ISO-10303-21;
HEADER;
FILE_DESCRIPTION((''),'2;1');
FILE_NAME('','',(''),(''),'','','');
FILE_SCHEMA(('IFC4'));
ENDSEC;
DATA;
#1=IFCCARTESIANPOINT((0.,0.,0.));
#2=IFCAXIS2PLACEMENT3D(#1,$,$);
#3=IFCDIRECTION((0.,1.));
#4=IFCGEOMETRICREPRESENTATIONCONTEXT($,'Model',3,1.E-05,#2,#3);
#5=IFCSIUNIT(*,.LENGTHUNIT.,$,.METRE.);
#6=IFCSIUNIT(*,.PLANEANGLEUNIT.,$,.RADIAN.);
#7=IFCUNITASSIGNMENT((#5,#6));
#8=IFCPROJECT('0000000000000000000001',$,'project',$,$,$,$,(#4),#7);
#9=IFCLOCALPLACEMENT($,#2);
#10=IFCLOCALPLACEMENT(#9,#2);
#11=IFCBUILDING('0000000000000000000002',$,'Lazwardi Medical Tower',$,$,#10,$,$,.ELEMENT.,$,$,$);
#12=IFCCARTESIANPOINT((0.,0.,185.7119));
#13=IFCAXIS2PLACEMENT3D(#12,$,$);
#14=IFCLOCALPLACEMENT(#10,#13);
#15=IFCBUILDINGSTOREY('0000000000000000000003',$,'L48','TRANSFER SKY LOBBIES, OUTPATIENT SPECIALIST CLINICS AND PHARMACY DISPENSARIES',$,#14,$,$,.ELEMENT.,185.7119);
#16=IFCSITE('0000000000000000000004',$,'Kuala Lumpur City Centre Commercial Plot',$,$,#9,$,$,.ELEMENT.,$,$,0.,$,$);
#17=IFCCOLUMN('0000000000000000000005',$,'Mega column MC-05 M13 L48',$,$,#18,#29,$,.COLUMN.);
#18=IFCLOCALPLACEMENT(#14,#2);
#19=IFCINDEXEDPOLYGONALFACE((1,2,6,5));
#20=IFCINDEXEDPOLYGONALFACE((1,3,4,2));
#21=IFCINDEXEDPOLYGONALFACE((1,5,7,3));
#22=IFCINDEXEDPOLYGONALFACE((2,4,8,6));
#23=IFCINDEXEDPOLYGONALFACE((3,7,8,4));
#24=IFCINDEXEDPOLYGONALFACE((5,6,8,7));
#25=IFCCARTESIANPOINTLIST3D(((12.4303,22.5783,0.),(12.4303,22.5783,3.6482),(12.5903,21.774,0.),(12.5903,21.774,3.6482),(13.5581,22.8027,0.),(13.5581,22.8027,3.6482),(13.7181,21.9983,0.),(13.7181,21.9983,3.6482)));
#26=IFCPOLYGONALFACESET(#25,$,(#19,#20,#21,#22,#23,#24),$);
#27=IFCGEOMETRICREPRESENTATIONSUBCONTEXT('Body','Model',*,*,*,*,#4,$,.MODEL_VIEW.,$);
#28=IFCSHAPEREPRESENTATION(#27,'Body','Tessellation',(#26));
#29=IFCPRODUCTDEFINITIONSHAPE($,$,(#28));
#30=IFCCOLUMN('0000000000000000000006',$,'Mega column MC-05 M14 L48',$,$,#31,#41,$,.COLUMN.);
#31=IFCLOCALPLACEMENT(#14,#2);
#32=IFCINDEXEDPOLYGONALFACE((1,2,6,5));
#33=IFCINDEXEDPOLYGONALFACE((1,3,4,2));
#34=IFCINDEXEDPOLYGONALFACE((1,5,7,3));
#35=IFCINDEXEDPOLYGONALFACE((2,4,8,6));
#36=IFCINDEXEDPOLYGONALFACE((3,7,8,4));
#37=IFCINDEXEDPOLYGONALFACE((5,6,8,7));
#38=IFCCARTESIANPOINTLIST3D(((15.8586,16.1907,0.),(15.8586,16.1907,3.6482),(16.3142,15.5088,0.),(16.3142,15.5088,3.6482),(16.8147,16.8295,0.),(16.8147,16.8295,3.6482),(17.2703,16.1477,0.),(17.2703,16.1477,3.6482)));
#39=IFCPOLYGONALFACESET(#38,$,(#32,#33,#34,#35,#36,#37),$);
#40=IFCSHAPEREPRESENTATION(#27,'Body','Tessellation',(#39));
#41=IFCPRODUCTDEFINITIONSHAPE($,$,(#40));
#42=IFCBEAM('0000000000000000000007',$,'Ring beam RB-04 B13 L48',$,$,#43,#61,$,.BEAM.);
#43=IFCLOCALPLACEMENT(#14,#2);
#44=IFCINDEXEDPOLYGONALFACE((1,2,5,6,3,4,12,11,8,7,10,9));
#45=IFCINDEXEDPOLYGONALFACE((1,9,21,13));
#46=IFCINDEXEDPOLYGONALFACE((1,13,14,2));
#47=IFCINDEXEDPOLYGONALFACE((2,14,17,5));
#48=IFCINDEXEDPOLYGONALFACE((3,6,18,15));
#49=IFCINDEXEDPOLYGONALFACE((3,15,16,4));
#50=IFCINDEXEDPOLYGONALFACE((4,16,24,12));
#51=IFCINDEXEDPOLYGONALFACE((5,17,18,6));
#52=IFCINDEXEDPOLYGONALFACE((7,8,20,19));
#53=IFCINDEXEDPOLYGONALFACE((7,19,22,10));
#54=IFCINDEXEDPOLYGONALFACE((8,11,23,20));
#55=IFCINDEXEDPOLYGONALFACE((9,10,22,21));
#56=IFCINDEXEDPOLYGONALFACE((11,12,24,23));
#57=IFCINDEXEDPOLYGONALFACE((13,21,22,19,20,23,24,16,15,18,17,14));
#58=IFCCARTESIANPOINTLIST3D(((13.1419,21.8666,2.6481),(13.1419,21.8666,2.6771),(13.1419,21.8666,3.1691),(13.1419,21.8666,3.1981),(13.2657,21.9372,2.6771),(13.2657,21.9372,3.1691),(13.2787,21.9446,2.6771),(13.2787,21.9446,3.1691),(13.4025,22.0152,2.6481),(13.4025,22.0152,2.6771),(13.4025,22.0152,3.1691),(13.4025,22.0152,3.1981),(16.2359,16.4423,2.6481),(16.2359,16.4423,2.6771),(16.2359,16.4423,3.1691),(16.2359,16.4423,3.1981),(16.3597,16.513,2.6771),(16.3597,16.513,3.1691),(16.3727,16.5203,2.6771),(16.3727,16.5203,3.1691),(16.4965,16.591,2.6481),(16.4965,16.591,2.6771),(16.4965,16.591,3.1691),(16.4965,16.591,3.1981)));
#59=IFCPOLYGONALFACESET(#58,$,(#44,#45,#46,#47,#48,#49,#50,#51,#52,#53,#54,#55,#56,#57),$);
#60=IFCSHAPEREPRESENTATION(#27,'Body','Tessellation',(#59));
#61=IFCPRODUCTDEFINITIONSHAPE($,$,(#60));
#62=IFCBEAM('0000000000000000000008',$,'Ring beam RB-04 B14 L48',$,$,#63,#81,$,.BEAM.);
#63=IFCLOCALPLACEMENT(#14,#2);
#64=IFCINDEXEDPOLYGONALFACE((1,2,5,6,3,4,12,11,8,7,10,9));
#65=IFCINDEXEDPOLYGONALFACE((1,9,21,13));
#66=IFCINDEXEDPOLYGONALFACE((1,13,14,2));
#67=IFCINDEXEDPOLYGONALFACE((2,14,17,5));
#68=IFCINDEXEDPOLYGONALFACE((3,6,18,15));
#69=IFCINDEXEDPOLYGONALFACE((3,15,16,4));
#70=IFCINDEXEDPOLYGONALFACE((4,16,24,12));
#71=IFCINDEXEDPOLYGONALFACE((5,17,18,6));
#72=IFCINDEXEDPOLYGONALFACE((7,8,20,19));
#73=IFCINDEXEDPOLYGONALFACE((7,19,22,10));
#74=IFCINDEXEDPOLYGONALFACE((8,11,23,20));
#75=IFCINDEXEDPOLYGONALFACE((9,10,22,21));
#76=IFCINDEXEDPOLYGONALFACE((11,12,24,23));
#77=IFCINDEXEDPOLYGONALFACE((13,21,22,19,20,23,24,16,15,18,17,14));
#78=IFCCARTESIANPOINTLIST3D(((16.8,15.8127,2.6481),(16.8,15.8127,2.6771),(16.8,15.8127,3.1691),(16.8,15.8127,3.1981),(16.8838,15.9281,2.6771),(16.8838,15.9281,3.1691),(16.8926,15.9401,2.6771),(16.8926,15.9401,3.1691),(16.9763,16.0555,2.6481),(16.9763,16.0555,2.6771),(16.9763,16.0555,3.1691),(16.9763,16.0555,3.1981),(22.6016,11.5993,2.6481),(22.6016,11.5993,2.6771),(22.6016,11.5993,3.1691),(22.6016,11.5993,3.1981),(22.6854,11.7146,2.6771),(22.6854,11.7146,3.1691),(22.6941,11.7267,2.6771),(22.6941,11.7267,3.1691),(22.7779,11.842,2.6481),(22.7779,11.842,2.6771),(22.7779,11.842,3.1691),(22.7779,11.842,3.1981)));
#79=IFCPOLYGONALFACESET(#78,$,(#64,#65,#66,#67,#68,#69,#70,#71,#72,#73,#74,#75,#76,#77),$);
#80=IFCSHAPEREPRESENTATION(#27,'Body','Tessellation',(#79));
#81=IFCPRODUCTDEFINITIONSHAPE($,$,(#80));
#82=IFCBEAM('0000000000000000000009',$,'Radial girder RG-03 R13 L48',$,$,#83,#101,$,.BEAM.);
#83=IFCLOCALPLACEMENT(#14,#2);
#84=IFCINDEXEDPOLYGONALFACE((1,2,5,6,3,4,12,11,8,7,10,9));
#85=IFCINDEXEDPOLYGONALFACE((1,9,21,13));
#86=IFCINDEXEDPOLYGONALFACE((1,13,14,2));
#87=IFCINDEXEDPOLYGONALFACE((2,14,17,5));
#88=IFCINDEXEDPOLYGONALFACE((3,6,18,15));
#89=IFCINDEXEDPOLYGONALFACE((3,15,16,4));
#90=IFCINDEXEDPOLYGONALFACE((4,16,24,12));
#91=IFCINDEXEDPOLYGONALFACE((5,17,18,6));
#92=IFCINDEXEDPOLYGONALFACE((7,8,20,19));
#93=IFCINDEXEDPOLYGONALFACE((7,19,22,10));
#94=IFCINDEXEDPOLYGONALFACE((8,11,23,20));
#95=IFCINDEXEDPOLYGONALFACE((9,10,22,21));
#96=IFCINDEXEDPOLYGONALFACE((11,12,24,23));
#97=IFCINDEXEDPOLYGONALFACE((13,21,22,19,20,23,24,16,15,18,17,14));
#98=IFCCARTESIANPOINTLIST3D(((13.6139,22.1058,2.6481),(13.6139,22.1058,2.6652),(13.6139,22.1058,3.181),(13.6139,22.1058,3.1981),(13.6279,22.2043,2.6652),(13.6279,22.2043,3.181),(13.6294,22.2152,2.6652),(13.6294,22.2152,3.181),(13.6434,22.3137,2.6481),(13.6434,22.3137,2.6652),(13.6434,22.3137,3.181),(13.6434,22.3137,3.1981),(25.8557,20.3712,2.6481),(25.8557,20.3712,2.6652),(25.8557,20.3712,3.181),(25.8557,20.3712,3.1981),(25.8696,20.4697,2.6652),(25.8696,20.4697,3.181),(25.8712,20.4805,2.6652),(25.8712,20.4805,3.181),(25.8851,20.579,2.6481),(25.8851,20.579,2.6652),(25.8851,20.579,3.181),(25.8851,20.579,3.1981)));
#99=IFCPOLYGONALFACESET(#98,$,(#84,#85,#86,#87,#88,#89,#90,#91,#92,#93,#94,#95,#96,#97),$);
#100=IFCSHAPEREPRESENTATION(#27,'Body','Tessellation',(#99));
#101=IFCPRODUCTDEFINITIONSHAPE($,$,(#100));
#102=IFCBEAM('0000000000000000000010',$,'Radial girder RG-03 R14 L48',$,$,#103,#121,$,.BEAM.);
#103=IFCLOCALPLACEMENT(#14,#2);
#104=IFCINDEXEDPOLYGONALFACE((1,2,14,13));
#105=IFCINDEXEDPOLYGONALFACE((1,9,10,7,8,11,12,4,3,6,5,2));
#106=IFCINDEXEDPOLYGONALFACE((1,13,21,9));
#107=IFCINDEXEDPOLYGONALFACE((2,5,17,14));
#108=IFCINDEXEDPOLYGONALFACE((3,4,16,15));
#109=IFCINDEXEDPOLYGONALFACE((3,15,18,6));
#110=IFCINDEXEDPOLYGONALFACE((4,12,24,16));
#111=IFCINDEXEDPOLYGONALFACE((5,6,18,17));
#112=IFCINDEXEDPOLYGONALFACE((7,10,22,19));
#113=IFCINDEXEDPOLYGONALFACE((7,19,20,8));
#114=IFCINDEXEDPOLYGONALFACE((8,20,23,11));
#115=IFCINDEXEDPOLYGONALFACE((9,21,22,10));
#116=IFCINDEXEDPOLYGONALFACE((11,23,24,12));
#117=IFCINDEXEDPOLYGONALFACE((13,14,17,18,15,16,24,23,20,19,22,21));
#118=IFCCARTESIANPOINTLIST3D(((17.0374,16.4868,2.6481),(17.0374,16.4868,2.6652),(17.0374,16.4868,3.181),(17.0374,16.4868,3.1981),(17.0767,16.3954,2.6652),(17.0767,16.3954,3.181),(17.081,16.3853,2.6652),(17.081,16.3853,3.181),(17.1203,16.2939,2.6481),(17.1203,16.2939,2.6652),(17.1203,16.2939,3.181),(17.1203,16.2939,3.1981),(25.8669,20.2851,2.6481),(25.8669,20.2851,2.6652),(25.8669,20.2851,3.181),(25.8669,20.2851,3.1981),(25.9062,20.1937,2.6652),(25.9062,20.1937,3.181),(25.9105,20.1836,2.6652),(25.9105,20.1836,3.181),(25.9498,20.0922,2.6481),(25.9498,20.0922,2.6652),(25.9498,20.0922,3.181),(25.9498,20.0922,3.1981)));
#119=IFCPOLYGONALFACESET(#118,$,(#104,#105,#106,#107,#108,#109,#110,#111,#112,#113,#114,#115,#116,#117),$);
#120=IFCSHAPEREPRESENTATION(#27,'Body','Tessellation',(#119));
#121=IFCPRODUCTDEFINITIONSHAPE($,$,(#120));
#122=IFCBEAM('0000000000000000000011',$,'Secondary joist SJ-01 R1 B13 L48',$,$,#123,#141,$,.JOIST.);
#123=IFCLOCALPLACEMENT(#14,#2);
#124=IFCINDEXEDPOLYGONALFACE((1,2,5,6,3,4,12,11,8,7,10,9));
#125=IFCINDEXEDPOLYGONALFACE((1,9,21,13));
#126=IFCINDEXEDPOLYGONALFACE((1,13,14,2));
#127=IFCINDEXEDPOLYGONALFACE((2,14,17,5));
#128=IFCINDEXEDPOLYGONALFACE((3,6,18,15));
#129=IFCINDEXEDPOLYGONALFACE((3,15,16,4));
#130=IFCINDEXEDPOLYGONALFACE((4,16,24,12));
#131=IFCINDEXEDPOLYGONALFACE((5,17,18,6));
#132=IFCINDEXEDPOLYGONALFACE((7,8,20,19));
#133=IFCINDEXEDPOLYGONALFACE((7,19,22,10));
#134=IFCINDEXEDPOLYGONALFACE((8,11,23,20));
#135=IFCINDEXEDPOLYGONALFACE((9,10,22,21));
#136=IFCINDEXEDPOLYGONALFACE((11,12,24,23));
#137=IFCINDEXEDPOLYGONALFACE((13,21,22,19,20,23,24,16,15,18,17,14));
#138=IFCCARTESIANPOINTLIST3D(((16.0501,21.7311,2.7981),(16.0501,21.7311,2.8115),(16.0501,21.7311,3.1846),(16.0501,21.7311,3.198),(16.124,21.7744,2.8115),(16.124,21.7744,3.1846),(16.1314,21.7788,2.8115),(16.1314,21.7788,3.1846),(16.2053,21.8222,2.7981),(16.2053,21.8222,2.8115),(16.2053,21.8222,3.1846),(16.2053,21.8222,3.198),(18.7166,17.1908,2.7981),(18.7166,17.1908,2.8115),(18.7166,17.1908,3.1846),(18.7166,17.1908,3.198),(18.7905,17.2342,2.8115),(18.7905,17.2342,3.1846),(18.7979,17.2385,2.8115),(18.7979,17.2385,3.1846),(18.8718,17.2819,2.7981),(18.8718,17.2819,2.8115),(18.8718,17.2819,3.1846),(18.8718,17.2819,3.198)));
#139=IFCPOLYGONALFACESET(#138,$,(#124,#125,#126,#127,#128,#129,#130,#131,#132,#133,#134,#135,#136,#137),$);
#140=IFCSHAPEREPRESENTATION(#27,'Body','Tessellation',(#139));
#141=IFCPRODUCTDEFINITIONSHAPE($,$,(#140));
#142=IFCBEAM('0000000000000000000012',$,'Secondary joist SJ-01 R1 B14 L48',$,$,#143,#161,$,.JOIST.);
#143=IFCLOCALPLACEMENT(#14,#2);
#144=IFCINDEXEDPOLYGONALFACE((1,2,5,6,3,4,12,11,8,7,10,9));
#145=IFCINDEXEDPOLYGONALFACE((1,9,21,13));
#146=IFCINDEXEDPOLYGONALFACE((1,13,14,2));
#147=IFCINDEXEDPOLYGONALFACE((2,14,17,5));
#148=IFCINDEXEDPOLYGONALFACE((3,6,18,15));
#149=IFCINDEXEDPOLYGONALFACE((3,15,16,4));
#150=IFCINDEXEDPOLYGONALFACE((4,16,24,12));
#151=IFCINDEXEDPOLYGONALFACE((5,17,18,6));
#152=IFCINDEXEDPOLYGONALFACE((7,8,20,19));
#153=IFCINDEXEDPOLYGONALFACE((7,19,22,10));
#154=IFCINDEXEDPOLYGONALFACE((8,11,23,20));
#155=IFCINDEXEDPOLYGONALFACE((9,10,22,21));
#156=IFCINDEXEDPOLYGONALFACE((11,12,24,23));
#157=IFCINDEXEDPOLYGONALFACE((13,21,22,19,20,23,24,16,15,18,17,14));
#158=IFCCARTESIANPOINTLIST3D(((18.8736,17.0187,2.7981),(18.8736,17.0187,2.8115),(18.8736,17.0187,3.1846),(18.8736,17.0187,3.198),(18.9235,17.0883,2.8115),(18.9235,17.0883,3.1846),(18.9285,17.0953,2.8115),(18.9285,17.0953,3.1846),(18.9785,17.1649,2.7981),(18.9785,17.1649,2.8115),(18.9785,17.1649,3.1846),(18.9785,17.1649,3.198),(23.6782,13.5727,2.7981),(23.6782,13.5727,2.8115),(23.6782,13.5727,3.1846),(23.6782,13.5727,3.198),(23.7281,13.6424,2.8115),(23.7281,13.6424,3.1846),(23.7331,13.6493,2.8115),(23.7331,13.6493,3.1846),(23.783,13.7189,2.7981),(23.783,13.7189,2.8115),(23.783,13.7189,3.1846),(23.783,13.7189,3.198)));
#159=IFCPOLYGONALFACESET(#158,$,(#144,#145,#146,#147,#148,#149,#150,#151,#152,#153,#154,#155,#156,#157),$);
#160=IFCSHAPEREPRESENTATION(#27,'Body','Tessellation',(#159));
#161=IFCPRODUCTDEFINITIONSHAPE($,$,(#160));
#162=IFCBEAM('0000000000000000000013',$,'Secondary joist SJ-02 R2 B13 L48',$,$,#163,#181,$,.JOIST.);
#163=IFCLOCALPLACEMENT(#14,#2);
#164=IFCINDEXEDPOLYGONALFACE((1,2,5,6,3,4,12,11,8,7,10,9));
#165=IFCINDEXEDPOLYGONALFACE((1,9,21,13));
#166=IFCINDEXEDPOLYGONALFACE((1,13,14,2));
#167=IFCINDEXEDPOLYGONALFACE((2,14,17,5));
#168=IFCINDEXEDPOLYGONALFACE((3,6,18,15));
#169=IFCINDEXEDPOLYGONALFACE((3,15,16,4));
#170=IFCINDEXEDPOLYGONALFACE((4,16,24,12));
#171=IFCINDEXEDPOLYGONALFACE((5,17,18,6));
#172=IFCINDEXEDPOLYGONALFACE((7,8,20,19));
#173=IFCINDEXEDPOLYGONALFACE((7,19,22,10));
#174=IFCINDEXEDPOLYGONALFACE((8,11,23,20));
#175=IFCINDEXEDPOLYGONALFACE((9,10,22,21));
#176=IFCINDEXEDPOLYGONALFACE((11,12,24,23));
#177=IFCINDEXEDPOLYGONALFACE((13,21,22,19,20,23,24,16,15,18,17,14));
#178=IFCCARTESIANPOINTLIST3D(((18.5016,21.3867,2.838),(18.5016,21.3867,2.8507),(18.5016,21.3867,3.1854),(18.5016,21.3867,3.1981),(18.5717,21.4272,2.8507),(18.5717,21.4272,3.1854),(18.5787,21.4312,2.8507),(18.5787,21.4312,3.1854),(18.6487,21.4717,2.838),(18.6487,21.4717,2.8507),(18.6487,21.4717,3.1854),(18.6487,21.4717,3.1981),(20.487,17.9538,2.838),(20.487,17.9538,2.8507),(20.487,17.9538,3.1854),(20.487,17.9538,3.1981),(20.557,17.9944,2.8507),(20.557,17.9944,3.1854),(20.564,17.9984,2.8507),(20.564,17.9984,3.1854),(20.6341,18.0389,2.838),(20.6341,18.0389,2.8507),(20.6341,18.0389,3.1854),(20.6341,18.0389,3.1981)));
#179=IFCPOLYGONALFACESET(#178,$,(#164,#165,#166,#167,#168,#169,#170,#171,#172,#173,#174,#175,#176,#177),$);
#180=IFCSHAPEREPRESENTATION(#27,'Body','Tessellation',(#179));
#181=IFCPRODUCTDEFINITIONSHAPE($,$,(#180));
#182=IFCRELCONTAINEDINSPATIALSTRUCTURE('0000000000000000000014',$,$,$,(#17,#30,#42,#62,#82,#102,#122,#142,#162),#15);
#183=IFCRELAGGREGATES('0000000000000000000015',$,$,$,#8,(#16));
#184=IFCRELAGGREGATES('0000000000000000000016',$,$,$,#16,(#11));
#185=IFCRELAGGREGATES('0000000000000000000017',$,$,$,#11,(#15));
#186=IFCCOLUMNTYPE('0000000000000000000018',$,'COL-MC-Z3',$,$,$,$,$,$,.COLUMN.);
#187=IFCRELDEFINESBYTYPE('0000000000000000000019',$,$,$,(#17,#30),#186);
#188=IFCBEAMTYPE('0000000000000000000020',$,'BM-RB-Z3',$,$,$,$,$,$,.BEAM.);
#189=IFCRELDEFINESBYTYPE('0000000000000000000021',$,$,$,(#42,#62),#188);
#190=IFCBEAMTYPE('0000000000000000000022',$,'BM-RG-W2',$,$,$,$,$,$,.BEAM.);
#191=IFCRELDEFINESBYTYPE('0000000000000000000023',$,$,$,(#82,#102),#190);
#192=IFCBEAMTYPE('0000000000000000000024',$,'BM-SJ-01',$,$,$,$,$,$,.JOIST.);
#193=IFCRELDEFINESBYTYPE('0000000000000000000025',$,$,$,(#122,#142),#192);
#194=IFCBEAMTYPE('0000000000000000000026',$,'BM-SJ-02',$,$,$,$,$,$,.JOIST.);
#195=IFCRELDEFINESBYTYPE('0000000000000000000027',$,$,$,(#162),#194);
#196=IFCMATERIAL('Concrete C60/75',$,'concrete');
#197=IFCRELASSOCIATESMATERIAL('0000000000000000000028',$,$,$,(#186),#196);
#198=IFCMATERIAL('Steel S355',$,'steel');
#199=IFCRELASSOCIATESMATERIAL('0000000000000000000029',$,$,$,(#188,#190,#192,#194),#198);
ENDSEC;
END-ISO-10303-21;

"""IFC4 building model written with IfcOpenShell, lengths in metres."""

from ifc_helpers import new_model, si_unit, direction, frame, origin, origin_2d, place, context, subcontext, project, spatial, rectangle, i_section, extrude, material, material_profile, profile_set, type_object, element, save


model = new_model("IFC4")

# Units and contexts
model_context = context("Model", 3, precision=1e-05, world=origin(), true_north=direction((0.0, 1.0)))
body_context = subcontext(model_context, "Body", "Model", "MODEL_VIEW")
ifc_project = project(units=[si_unit("LENGTHUNIT", "METRE"), si_unit("PLANEANGLEUNIT", "RADIAN")], contexts=[model_context])

# Site, building, storey
site_placement = place(None, origin())
site = spatial("IfcSite", under=ifc_project, at=site_placement, Name="Kuala Lumpur City Centre Commercial Plot", CompositionType="ELEMENT", RefElevation=0.0)
building_placement = place(site_placement, origin())
building = spatial("IfcBuilding", under=site, at=building_placement, Name="Lazwardi Medical Tower", CompositionType="ELEMENT")
storey_placement = place(building_placement, frame((0.0, 0.0, 185.7119)))
storey = spatial("IfcBuildingStorey", under=building, at=storey_placement, Name="L48", Description="TRANSFER SKY LOBBIES, OUTPATIENT SPECIALIST CLINICS AND PHARMACY DISPENSARIES", CompositionType="ELEMENT", Elevation=185.7119)

# Columns
ifc_material_1 = material(Name="Concrete C60/75", Category="concrete")
ifc_material_profile_1 = material_profile(ifc_material_1, rectangle(XDim=1.1499, YDim=0.8201, at=origin_2d()), Name="CFT-RECT 1150x820")
ifc_profile_set_1 = profile_set([ifc_material_profile_1], Name="Concrete C60/75")
column_type = type_object("IfcColumnType", Name="COL-MC-Z3", PredefinedType="COLUMN", material=ifc_profile_set_1)
for number, where, z_axis, x_axis, name in (
    (1, (13.0742, 22.2883, 0.0), (0.0, 0.0, 1.0), (-0.980785, -0.19509, 0.0), "Mega column MC-05 M13 L48"),
    (2, (16.5645, 16.1692, 0.0), (0.0, 0.0, 1.0), (-0.83147, -0.55557, 0.0), "Mega column MC-05 M14 L48"),
):
    element("IfcColumn", number, at=place(storey_placement, frame(where, z_axis=z_axis, x_axis=x_axis)), inside=storey, type_object=column_type, Name=name, PredefinedType="COLUMN", context=body_context, shape_type="SweptSolid", body=[
        extrude(rectangle(XDim=1.1499, YDim=0.8201, at=origin_2d()), origin(), (0.0, 0.0, 1.0), 3.6482),
    ])

# Beams
ifc_material_2 = material(Name="Steel S355", Category="steel")
ifc_material_profile_2 = material_profile(ifc_material_2, i_section(OverallWidth=0.3, OverallDepth=0.55, WebThickness=0.0149, FlangeThickness=0.0291, at=origin_2d()), Name="HEB 550")
ifc_profile_set_2 = profile_set([ifc_material_profile_2], Name="Steel S355")
beam_type_1 = type_object("IfcBeamType", Name="BM-RB-Z3", PredefinedType="BEAM", material=ifc_profile_set_2)
beam_1_placement = place(storey_placement, frame((13.2722, 21.9409, 2.9231), z_axis=(0.495461, -0.86863, 0.0), x_axis=(0.86863, 0.495461, 0.0)))
element("IfcBeam", 3, at=beam_1_placement, inside=storey, type_object=beam_type_1, Name="Ring beam RB-04 B13 L48", PredefinedType="BEAM", context=body_context, shape_type="SweptSolid", body=[
    extrude(i_section(OverallWidth=0.3, OverallDepth=0.55, WebThickness=0.0149, FlangeThickness=0.0291, at=origin_2d()), origin(), (0.0, 0.0, 1.0), 6.2446),
])
beam_2_placement = place(storey_placement, frame((16.8882, 15.9341, 2.9231), z_axis=(0.809128, -0.587633, 0.0), x_axis=(0.587633, 0.809128, 0.0)))
element("IfcBeam", 4, at=beam_2_placement, inside=storey, type_object=beam_type_1, Name="Ring beam RB-04 B14 L48", PredefinedType="BEAM", context=body_context, shape_type="SweptSolid", body=[
    extrude(i_section(OverallWidth=0.3, OverallDepth=0.55, WebThickness=0.0149, FlangeThickness=0.0291, at=origin_2d()), origin(), (0.0, 0.0, 1.0), 7.1702),
])
ifc_material_profile_3 = material_profile(ifc_material_2, i_section(OverallWidth=0.21, OverallDepth=0.55, WebThickness=0.011, FlangeThickness=0.0171, at=origin_2d()), Name="IPE 550")
ifc_profile_set_3 = profile_set([ifc_material_profile_3], Name="Steel S355")
beam_type_2 = type_object("IfcBeamType", Name="BM-RG-W2", PredefinedType="BEAM", material=ifc_profile_set_3)
beam_3_placement = place(storey_placement, frame((13.6287, 22.2097, 2.9231), z_axis=(0.99011, -0.140296, 0.0), x_axis=(0.140296, 0.99011, 0.0)))
element("IfcBeam", 5, at=beam_3_placement, inside=storey, type_object=beam_type_2, Name="Radial girder RG-03 R13 L48", PredefinedType="BEAM", context=body_context, shape_type="SweptSolid", body=[
    extrude(i_section(OverallWidth=0.21, OverallDepth=0.55, WebThickness=0.011, FlangeThickness=0.0171, at=origin_2d()), origin(), (0.0, 0.0, 1.0), 12.364),
])
beam_4_placement = place(storey_placement, frame((17.0789, 16.3904, 2.9231), z_axis=(0.918608, 0.39517, 0.0), x_axis=(-0.39517, 0.918608, 0.0)))
element("IfcBeam", 6, at=beam_4_placement, inside=storey, type_object=beam_type_2, Name="Radial girder RG-03 R14 L48", PredefinedType="BEAM", context=body_context, shape_type="SweptSolid", body=[
    extrude(i_section(OverallWidth=0.21, OverallDepth=0.55, WebThickness=0.011, FlangeThickness=0.0171, at=origin_2d()), origin(), (0.0, 0.0, 1.0), 9.6118),
])
ifc_material_profile_4 = material_profile(ifc_material_2, i_section(OverallWidth=0.1799, OverallDepth=0.3999, WebThickness=0.0085, FlangeThickness=0.0134, at=origin_2d()), Name="IPE 400")
ifc_profile_set_4 = profile_set([ifc_material_profile_4], Name="Steel S355")
beam_type_3 = type_object("IfcBeamType", Name="BM-SJ-01", PredefinedType="JOIST", material=ifc_profile_set_4)
beam_5_placement = place(storey_placement, frame((16.1277, 21.7766, 2.998), z_axis=(0.50642, -0.862287, 0.0), x_axis=(0.862287, 0.50642, 0.0)))
element("IfcBeam", 7, at=beam_5_placement, inside=storey, type_object=beam_type_3, Name="Secondary joist SJ-01 R1 B13 L48", PredefinedType="JOIST", context=body_context, shape_type="SweptSolid", body=[
    extrude(i_section(OverallWidth=0.1799, OverallDepth=0.3999, WebThickness=0.0085, FlangeThickness=0.0134, at=origin_2d()), origin(), (0.0, 0.0, 1.0), 5.2654),
])
beam_6_placement = place(storey_placement, frame((18.926, 17.0918, 2.998), z_axis=(0.812602, -0.582819, 0.0), x_axis=(0.582819, 0.812602, 0.0)))
element("IfcBeam", 8, at=beam_6_placement, inside=storey, type_object=beam_type_3, Name="Secondary joist SJ-01 R1 B14 L48", PredefinedType="JOIST", context=body_context, shape_type="SweptSolid", body=[
    extrude(i_section(OverallWidth=0.1799, OverallDepth=0.3999, WebThickness=0.0085, FlangeThickness=0.0134, at=origin_2d()), origin(), (0.0, 0.0, 1.0), 5.9126),
])
ifc_material_profile_5 = material_profile(ifc_material_2, i_section(OverallWidth=0.1699, OverallDepth=0.3601, WebThickness=0.0081, FlangeThickness=0.0127, at=origin_2d()), Name="IPE 360")
ifc_profile_set_5 = profile_set([ifc_material_profile_5], Name="Steel S355")
beam_type_4 = type_object("IfcBeamType", Name="BM-SJ-02", PredefinedType="JOIST", material=ifc_profile_set_5)
beam_7_placement = place(storey_placement, frame((18.5752, 21.4292, 3.0181), z_axis=(0.500641, -0.865655, 0.0), x_axis=(0.865655, 0.500641, 0.0)))
element("IfcBeam", 9, at=beam_7_placement, inside=storey, type_object=beam_type_4, Name="Secondary joist SJ-02 R2 B13 L48", PredefinedType="JOIST", context=body_context, shape_type="SweptSolid", body=[
    extrude(i_section(OverallWidth=0.1699, OverallDepth=0.3601, WebThickness=0.0081, FlangeThickness=0.0127, at=origin_2d()), origin(), (0.0, 0.0, 1.0), 3.9656),
])

save(model, "model.ifc")
